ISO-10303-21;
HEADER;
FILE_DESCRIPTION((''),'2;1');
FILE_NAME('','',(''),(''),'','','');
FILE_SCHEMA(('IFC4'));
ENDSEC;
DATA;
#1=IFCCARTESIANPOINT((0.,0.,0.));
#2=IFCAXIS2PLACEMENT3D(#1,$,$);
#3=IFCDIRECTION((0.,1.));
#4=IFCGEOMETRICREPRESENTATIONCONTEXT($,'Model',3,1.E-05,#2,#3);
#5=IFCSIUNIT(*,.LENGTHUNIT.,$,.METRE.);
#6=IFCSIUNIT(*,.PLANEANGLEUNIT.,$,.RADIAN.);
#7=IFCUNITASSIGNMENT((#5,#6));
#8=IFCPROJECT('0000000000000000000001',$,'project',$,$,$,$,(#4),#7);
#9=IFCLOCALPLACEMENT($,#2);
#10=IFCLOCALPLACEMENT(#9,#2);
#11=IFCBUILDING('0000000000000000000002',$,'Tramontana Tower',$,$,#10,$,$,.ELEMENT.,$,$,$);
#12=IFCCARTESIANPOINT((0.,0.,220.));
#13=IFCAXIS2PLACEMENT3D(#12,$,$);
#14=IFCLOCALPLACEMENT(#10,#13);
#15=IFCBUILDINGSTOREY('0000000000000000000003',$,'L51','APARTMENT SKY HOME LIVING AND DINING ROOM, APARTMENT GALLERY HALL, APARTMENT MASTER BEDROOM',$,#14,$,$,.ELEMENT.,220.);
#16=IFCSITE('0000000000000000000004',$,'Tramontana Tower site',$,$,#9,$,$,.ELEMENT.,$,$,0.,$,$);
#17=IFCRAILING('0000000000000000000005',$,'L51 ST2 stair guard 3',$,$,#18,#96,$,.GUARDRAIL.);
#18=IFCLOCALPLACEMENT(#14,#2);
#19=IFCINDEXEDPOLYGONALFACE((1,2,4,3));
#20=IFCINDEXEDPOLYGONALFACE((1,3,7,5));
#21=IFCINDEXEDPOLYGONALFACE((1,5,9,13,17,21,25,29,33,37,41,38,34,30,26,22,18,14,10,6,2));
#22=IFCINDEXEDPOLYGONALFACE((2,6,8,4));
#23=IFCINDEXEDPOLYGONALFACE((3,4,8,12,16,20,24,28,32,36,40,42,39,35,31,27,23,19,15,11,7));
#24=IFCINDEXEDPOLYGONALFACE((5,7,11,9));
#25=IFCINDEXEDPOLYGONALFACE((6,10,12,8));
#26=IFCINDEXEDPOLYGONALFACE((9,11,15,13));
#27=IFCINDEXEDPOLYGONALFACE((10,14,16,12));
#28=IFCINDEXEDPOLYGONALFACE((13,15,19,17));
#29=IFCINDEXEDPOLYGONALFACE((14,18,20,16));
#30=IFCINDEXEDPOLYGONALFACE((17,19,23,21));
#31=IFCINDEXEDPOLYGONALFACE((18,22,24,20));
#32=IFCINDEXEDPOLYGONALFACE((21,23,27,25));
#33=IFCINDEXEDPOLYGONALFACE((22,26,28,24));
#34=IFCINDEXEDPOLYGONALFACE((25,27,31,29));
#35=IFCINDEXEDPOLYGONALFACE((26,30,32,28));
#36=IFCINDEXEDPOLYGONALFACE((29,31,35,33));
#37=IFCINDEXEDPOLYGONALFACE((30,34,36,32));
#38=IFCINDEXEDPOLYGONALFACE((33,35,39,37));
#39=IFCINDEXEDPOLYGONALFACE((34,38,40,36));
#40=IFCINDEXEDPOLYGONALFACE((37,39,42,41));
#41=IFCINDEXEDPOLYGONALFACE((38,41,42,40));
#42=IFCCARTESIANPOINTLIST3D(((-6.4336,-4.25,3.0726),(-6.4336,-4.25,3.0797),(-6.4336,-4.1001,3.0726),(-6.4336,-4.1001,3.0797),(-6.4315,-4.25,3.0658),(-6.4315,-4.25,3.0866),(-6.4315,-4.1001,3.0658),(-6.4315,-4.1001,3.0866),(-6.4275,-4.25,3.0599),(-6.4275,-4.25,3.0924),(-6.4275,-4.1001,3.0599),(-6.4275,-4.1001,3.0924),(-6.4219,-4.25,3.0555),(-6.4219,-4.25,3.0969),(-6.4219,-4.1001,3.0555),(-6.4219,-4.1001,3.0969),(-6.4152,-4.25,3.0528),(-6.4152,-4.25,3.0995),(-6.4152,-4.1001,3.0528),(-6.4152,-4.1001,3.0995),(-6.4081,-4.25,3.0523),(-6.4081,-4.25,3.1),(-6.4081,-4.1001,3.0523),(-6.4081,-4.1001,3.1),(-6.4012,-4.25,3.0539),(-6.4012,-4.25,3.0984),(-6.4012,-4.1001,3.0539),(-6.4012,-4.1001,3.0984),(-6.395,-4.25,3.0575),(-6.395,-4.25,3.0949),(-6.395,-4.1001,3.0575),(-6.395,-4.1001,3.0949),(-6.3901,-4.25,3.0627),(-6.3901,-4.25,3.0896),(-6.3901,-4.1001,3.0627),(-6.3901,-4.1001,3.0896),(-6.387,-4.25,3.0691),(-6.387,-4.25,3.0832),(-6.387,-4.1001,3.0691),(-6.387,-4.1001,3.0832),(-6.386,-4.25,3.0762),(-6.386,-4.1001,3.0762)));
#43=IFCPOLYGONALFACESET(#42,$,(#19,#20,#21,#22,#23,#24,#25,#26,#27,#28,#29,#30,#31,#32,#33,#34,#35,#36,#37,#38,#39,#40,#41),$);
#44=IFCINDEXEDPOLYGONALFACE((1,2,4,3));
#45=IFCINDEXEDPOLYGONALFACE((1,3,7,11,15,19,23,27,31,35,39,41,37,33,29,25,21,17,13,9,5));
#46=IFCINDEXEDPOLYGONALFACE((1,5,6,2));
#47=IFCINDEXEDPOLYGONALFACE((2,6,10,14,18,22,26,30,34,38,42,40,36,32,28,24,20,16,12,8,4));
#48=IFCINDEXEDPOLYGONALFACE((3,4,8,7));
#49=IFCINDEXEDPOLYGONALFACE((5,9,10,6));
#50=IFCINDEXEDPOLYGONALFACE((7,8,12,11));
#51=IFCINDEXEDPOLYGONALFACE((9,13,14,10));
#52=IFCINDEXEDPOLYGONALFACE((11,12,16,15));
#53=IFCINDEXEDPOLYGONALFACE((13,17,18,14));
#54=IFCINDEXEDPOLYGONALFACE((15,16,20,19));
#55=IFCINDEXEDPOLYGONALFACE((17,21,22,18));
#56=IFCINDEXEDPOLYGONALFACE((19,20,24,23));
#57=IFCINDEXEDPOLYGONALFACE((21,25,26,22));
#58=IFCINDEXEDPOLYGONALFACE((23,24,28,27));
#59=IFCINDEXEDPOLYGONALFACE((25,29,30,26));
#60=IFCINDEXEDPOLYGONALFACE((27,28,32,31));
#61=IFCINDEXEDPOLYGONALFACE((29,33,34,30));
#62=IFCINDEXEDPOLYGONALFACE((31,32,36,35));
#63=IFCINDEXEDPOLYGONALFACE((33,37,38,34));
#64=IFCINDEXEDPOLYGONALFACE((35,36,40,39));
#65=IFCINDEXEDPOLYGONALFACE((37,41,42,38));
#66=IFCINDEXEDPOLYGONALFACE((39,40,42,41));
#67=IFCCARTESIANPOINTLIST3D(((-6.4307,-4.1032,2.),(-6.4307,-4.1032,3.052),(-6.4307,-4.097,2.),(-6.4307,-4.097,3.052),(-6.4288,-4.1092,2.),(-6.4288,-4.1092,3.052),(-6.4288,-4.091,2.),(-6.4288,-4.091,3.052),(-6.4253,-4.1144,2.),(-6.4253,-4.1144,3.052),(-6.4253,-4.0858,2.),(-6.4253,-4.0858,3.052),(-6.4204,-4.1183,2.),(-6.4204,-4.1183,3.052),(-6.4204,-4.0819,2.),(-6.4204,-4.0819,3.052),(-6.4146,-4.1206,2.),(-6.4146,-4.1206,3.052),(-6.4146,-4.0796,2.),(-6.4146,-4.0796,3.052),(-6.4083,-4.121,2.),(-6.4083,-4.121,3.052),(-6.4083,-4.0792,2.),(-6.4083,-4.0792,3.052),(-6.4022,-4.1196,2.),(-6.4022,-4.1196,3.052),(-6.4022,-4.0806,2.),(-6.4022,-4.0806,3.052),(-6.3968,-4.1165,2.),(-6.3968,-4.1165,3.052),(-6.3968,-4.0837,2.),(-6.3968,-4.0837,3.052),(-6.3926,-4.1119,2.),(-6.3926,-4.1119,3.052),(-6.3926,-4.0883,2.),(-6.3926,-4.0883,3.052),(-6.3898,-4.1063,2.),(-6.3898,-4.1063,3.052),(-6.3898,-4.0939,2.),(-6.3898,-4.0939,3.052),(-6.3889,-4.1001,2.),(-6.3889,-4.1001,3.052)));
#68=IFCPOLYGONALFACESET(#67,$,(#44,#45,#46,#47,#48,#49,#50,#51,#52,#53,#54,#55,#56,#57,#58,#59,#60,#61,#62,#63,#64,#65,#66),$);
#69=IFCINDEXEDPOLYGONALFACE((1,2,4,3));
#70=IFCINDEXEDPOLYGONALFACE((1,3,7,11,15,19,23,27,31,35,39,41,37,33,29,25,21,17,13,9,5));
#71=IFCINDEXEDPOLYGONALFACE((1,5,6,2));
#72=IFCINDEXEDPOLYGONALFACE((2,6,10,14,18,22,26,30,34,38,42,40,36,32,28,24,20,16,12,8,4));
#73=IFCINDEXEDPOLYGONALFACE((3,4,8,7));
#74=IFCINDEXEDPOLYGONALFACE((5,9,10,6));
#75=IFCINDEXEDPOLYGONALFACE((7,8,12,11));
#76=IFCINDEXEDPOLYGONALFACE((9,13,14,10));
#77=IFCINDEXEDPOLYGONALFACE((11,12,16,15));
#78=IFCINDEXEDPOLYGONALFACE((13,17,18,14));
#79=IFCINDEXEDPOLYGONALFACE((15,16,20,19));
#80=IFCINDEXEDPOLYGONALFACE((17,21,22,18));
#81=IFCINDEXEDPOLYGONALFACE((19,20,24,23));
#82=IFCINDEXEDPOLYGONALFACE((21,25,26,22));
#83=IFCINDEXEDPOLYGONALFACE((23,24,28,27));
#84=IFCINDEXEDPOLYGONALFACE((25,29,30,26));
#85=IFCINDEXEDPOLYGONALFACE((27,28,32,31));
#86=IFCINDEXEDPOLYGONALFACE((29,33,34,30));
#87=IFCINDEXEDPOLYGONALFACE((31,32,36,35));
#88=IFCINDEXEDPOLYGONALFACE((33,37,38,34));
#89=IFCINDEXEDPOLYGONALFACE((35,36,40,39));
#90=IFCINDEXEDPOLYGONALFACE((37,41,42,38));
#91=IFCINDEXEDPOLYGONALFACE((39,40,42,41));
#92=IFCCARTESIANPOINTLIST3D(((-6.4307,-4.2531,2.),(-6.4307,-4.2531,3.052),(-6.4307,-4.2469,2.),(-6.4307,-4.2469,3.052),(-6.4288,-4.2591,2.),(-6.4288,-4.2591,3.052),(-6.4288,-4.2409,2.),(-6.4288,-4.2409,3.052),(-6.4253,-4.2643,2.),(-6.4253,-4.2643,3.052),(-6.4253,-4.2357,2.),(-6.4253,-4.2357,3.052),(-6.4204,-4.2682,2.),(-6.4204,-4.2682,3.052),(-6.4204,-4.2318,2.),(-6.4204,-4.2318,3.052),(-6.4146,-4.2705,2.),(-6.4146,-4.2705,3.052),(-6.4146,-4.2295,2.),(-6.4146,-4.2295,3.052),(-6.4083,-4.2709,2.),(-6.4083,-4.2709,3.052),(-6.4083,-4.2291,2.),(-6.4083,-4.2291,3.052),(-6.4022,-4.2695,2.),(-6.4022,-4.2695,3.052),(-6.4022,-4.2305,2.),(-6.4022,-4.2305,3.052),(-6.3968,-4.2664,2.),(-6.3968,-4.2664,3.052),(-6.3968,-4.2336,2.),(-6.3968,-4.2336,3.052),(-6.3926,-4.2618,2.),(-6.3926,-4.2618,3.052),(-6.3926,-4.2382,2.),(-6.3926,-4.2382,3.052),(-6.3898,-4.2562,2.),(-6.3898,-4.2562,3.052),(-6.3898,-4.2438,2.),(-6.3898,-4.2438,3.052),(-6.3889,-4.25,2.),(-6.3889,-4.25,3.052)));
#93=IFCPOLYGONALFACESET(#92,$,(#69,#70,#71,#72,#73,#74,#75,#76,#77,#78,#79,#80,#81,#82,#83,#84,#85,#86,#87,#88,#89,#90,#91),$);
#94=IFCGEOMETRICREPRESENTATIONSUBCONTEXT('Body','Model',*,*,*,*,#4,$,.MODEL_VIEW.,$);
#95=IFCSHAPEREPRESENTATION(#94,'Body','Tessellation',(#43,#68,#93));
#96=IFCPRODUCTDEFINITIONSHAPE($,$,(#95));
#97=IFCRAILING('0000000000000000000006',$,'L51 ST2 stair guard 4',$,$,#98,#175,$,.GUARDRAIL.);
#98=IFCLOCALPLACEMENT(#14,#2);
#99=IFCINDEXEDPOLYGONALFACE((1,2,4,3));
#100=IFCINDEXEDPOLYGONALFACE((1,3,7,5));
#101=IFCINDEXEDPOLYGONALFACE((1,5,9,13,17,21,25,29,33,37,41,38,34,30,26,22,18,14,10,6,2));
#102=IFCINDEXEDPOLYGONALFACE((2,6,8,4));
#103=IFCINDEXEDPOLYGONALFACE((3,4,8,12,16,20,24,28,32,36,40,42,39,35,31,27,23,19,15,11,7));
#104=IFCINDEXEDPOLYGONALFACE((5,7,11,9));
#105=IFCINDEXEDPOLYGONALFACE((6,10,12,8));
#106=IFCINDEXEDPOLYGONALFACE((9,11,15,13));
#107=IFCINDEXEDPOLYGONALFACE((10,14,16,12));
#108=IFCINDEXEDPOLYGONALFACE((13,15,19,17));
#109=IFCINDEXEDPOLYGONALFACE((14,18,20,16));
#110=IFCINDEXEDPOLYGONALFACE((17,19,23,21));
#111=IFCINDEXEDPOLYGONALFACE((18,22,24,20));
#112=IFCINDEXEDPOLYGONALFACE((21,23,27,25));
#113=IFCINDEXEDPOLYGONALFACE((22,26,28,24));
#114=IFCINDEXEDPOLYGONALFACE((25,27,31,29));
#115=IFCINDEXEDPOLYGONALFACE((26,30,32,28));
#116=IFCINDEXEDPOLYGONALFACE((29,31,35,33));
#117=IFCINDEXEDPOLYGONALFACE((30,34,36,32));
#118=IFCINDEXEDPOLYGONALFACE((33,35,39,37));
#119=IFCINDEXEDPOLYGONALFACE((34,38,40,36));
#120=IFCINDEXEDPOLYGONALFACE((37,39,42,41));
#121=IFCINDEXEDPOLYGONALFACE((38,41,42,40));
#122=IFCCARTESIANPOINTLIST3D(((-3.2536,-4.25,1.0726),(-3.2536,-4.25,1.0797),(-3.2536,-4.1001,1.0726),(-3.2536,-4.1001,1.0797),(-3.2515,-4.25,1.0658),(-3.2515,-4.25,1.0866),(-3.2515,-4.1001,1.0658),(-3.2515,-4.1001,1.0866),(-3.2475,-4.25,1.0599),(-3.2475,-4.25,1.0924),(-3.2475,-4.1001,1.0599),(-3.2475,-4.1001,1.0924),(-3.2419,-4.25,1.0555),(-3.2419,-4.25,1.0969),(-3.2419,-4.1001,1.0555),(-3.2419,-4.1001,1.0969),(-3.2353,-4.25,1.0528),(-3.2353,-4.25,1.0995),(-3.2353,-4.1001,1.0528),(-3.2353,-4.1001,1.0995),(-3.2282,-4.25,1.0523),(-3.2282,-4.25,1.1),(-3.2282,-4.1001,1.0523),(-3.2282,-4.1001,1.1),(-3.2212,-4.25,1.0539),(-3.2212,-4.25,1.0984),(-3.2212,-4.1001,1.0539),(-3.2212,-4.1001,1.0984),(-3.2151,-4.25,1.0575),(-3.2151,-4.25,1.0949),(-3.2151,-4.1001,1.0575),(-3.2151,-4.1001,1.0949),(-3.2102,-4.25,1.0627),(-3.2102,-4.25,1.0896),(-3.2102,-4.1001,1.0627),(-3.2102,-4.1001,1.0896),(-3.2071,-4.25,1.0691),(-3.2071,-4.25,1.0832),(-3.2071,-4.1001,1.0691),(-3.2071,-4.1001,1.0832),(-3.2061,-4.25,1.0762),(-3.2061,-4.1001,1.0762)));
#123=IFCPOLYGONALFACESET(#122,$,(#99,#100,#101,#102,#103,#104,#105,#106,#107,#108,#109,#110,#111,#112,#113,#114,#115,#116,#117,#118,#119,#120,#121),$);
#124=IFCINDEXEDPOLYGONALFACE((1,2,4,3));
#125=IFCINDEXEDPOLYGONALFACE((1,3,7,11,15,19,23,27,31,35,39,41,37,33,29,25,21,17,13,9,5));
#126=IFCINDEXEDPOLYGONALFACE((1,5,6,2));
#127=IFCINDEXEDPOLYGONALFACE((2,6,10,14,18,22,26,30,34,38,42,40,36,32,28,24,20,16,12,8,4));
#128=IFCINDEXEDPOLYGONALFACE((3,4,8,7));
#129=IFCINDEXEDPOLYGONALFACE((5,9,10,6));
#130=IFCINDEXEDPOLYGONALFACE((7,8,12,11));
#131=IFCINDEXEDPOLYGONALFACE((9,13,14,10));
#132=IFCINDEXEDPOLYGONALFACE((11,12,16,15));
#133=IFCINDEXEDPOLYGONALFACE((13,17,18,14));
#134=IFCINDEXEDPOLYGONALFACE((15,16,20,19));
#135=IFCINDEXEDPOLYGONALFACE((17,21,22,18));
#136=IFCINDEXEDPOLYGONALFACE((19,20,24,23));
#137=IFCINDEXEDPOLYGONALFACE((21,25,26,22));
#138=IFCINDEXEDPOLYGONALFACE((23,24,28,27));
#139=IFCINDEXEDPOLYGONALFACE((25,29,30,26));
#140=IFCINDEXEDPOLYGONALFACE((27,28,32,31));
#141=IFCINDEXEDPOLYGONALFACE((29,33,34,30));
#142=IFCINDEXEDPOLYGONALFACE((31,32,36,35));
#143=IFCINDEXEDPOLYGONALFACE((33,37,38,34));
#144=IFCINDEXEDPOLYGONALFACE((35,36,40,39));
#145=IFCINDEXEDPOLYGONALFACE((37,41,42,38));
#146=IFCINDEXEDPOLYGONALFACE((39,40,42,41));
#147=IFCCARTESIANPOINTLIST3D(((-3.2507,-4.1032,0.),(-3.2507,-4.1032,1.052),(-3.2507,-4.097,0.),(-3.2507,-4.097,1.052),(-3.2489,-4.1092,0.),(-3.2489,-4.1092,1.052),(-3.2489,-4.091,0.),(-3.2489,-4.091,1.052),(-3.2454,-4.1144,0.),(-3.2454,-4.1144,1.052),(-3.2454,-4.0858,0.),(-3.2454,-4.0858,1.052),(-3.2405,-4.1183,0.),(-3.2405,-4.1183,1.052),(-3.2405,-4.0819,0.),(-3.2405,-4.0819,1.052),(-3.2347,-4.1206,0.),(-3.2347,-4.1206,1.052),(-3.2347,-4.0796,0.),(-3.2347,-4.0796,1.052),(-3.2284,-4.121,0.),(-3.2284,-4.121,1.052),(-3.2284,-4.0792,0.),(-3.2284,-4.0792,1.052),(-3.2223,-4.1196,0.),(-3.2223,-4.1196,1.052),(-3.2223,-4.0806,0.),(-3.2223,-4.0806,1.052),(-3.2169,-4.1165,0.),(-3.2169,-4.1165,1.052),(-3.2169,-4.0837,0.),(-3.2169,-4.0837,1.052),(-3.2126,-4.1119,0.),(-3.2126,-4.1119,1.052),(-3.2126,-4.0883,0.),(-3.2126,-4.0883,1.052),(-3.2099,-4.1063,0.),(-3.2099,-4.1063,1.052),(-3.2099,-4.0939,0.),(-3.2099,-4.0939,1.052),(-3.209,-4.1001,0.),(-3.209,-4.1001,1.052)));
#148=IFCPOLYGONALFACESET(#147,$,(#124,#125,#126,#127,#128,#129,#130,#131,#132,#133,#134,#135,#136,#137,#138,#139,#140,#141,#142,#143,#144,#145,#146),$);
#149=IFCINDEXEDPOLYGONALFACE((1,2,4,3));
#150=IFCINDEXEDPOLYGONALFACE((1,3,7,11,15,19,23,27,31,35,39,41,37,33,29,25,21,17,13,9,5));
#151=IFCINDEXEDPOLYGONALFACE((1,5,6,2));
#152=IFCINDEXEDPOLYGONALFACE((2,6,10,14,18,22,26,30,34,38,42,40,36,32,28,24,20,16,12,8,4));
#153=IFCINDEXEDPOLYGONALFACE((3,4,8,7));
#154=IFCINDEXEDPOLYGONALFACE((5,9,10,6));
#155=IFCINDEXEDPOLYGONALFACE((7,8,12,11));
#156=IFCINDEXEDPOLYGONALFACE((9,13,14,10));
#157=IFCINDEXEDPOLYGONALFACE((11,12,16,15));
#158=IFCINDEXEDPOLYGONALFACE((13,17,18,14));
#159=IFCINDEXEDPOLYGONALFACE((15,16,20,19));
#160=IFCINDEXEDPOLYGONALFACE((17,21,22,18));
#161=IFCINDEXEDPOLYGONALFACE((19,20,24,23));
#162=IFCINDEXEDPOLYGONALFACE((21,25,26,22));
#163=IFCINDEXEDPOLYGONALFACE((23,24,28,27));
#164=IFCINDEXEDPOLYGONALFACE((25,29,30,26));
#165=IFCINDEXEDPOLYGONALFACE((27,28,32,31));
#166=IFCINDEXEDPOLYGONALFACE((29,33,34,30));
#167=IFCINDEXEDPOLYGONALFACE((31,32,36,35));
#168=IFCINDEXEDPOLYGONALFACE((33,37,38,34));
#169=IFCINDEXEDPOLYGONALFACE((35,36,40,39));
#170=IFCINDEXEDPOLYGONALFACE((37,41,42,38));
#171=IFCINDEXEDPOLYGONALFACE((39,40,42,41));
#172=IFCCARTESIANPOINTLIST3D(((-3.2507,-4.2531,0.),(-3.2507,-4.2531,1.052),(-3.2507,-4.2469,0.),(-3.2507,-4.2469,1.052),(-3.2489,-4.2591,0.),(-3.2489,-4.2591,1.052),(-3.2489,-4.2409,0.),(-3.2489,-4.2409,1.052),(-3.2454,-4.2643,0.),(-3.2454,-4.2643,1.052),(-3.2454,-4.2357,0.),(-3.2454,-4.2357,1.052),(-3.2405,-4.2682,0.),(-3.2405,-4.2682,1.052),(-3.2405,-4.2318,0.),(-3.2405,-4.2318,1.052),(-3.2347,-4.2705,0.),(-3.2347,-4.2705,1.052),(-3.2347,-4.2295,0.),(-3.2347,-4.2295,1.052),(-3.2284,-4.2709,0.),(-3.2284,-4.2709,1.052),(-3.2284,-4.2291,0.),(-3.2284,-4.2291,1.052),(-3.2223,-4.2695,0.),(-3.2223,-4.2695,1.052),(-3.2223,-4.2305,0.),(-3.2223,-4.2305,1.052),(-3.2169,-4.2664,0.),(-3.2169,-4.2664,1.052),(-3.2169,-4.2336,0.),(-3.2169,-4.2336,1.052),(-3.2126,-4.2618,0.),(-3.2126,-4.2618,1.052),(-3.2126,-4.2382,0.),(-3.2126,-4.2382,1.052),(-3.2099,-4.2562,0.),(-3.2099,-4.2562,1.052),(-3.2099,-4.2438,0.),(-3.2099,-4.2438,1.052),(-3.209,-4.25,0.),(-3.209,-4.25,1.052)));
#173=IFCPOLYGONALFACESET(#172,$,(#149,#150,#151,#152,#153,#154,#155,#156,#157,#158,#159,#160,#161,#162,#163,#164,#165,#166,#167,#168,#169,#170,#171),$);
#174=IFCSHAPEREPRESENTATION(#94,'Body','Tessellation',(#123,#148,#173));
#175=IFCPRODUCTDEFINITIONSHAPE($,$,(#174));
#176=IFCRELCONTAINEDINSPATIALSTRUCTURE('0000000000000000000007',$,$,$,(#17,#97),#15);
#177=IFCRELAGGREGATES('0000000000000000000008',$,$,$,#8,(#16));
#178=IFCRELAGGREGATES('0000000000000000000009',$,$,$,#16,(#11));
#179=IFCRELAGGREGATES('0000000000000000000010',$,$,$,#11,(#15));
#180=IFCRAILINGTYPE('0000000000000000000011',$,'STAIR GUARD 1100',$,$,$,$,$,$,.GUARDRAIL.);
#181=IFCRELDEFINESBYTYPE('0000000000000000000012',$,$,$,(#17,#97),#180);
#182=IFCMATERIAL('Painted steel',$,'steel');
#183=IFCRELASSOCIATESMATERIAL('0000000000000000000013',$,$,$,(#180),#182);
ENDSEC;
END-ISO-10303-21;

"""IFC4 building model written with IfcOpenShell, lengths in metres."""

from ifc_helpers import new_model, si_unit, direction, frame, origin, origin_2d, place, context, subcontext, project, spatial, circle, extrude, material, type_object, element, save


model = new_model("IFC4")

# Units and contexts
model_context = context("Model", 3, precision=1e-05, world=origin(), true_north=direction((0.0, 1.0)))
body_context = subcontext(model_context, "Body", "Model", "MODEL_VIEW")
ifc_project = project(units=[si_unit("LENGTHUNIT", "METRE"), si_unit("PLANEANGLEUNIT", "RADIAN")], contexts=[model_context])

# Site, building, storey
site_placement = place(None, origin())
site = spatial("IfcSite", under=ifc_project, at=site_placement, Name="Tramontana Tower site", CompositionType="ELEMENT", RefElevation=0.0)
building_placement = place(site_placement, origin())
building = spatial("IfcBuilding", under=site, at=building_placement, Name="Tramontana Tower", CompositionType="ELEMENT")
storey_placement = place(building_placement, frame((0.0, 0.0, 220.0)))
storey = spatial("IfcBuildingStorey", under=building, at=storey_placement, Name="L51", Description="APARTMENT SKY HOME LIVING AND DINING ROOM, APARTMENT GALLERY HALL, APARTMENT MASTER BEDROOM", CompositionType="ELEMENT", Elevation=220.0)

# Railings
ifc_material_1 = material(Name="Painted steel", Category="steel")
railing_type_1 = type_object("IfcRailingType", Name="STAIR GUARD 1100", PredefinedType="GUARDRAIL", material=ifc_material_1)
for number, where, name in (
    (1, (-6.4099, -4.1001, 2.0), "L51 ST2 stair guard 3"),
    (2, (-3.23, -4.1001, 0.0), "L51 ST2 stair guard 4"),
):
    element("IfcRailing", number, at=place(storey_placement, frame(where)), inside=storey, type_object=railing_type_1, Name=name, PredefinedType="GUARDRAIL", context=body_context, shape_type="SweptSolid", body=[
        extrude(circle(Radius=0.0239, at=origin_2d()), frame((0.0, 0.0, 1.0762), z_axis=(0.0, -1.0, 0.0), x_axis=(1.0, 0.0, 0.0)), (0.0, 0.0, 1.0), 0.1499),
        extrude(circle(Radius=0.021, at=origin_2d()), origin(), (0.0, 0.0, 1.0), 1.052),
        extrude(circle(Radius=0.021, at=origin_2d()), frame((0.0, -0.1499, 0.0)), (0.0, 0.0, 1.0), 1.052),
    ])

save(model, "model.ifc")
